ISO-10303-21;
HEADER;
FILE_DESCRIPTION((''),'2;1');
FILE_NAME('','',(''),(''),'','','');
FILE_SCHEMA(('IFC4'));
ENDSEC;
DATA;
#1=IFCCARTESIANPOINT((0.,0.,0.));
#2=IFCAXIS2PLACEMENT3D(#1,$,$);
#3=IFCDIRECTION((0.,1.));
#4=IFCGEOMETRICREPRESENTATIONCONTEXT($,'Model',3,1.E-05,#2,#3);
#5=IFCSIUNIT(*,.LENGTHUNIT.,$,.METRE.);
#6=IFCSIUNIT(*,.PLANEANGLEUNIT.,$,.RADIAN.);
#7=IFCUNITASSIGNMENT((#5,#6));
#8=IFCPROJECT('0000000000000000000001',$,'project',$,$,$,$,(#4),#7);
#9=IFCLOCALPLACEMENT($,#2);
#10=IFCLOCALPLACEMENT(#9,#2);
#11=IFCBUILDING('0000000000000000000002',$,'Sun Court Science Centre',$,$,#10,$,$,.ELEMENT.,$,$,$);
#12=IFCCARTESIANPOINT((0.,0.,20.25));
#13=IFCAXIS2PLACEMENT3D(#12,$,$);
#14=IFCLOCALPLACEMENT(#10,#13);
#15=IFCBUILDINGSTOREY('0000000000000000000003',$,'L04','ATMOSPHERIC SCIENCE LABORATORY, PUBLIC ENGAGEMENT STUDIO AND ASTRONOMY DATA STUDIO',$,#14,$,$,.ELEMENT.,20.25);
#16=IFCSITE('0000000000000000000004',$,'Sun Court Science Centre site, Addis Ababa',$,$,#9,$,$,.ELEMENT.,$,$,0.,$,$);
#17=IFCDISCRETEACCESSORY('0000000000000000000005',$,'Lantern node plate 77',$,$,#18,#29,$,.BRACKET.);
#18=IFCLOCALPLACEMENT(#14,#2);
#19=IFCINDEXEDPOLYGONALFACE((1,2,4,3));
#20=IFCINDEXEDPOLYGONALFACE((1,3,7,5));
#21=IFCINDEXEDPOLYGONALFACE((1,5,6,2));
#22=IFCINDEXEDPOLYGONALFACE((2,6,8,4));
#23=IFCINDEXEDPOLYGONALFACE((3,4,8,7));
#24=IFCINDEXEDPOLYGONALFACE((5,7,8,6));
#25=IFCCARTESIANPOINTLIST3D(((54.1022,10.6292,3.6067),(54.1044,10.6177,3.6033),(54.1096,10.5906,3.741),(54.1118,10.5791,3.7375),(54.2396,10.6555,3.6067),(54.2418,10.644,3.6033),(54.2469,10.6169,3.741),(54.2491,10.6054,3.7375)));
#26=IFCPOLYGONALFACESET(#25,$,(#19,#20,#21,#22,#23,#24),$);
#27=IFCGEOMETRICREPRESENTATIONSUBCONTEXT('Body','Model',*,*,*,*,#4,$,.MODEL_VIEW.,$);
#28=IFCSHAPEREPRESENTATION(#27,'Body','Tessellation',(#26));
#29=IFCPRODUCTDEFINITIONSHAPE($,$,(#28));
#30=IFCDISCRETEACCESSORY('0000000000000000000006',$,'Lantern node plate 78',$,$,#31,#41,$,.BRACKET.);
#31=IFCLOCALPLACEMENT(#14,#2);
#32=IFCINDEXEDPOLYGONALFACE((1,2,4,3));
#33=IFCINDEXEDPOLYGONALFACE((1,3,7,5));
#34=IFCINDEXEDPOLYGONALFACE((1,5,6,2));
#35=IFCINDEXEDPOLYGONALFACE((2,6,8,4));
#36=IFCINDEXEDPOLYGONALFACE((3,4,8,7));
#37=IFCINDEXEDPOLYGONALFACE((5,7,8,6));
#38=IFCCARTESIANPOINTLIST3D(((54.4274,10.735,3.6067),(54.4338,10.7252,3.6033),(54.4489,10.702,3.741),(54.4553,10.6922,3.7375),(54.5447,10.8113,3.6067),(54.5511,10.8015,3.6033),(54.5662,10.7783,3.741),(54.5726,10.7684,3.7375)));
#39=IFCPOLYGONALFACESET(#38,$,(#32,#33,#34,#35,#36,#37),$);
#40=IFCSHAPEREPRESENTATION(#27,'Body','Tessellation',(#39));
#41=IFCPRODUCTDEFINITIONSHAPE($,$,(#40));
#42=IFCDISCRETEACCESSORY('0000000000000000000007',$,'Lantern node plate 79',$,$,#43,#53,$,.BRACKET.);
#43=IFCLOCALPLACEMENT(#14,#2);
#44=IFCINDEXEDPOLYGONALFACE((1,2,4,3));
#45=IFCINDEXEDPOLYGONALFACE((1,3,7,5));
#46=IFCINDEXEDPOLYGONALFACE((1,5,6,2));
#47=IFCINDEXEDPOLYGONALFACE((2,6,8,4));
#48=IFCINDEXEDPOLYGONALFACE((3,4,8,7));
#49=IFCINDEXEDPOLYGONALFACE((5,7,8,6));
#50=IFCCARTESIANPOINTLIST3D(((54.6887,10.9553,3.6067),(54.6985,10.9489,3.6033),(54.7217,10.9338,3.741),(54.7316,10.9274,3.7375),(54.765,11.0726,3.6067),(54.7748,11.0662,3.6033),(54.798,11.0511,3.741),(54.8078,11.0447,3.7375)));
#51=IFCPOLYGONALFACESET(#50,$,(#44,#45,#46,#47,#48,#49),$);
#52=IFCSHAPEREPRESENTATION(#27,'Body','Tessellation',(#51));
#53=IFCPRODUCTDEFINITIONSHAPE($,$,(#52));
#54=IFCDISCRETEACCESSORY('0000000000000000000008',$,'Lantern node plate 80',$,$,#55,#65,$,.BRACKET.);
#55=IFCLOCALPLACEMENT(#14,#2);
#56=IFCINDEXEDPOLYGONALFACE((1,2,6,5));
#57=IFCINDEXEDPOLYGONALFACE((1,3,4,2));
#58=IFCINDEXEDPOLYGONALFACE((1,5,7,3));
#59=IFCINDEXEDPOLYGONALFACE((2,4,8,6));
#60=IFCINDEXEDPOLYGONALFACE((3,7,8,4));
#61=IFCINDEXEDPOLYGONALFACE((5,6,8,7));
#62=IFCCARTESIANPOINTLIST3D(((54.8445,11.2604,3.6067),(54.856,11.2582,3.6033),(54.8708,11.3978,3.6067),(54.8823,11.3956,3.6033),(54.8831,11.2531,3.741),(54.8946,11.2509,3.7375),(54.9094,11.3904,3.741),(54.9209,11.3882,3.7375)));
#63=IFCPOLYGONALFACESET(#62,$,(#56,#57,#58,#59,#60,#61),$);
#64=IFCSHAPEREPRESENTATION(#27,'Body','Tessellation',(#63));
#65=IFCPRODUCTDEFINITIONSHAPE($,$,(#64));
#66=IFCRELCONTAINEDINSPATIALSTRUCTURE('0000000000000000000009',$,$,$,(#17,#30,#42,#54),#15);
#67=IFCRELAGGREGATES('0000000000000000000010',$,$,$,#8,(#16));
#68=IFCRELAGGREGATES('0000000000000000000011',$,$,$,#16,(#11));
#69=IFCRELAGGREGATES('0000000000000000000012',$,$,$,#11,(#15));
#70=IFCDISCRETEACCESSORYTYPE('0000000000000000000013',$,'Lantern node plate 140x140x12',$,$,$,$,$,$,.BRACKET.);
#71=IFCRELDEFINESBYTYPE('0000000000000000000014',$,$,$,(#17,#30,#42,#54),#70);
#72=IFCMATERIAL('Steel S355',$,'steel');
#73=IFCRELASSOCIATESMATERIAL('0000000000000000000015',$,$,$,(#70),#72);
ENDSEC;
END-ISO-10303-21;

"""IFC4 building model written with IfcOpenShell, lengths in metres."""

from ifc_helpers import new_model, si_unit, direction, frame, origin, origin_2d, place, context, subcontext, project, spatial, rectangle, extrude, material, material_profile, profile_set, type_object, element, save


model = new_model("IFC4")

# Units and contexts
model_context = context("Model", 3, precision=1e-05, world=origin(), true_north=direction((0.0, 1.0)))
body_context = subcontext(model_context, "Body", "Model", "MODEL_VIEW")
ifc_project = project(units=[si_unit("LENGTHUNIT", "METRE"), si_unit("PLANEANGLEUNIT", "RADIAN")], contexts=[model_context])

# Site, building, storey
site_placement = place(None, origin())
site = spatial("IfcSite", under=ifc_project, at=site_placement, Name="Sun Court Science Centre site, Addis Ababa", CompositionType="ELEMENT", RefElevation=0.0)
building_placement = place(site_placement, origin())
building = spatial("IfcBuilding", under=site, at=building_placement, Name="Sun Court Science Centre", CompositionType="ELEMENT")
storey_placement = place(building_placement, frame((0.0, 0.0, 20.25)))
storey = spatial("IfcBuildingStorey", under=building, at=storey_placement, Name="L04", Description="ATMOSPHERIC SCIENCE LABORATORY, PUBLIC ENGAGEMENT STUDIO AND ASTRONOMY DATA STUDIO", CompositionType="ELEMENT", Elevation=20.25)

# Discrete accessories
ifc_material_1 = material(Name="Steel S355", Category="steel")
ifc_material_profile_1 = material_profile(ifc_material_1, rectangle(XDim=0.1399, YDim=0.1399, at=origin_2d()), Name="PL 140x140")
ifc_profile_set_1 = profile_set([ifc_material_profile_1], Name="Steel S355")
discrete_accessory_type_1 = type_object("IfcDiscreteAccessoryType", Name="Lantern node plate 140x140x12", PredefinedType="BRACKET", material=ifc_profile_set_1)
for number, where, z_axis, x_axis, name in (
    (1, (54.1768, 10.6116, 3.6704), (-0.180506, 0.942643, 0.280787), (-0.982155, -0.188072, 0.0), "Lantern node plate 77"),
    (2, (54.5032, 10.7468, 3.6704), (-0.522937, 0.804518, 0.281581), (-0.838444, -0.544988, 0.0), "Lantern node plate 78"),
    (3, (54.7532, 10.9968, 3.6704), (-0.804518, 0.522937, 0.281581), (-0.544988, -0.838444, 0.0), "Lantern node plate 79"),
    (4, (54.8884, 11.3232, 3.6704), (-0.942643, 0.180506, 0.280787), (-0.188072, -0.982155, 0.0), "Lantern node plate 80"),
):
    element("IfcDiscreteAccessory", number, at=place(storey_placement, frame(where, z_axis=z_axis, x_axis=x_axis)), inside=storey, type_object=discrete_accessory_type_1, Name=name, PredefinedType="BRACKET", context=body_context, shape_type="SweptSolid", body=[
        extrude(rectangle(XDim=0.1399, YDim=0.1399, at=origin_2d()), origin(), (0.0, 0.0, 1.0), 0.0122),
    ])

save(model, "model.ifc")
